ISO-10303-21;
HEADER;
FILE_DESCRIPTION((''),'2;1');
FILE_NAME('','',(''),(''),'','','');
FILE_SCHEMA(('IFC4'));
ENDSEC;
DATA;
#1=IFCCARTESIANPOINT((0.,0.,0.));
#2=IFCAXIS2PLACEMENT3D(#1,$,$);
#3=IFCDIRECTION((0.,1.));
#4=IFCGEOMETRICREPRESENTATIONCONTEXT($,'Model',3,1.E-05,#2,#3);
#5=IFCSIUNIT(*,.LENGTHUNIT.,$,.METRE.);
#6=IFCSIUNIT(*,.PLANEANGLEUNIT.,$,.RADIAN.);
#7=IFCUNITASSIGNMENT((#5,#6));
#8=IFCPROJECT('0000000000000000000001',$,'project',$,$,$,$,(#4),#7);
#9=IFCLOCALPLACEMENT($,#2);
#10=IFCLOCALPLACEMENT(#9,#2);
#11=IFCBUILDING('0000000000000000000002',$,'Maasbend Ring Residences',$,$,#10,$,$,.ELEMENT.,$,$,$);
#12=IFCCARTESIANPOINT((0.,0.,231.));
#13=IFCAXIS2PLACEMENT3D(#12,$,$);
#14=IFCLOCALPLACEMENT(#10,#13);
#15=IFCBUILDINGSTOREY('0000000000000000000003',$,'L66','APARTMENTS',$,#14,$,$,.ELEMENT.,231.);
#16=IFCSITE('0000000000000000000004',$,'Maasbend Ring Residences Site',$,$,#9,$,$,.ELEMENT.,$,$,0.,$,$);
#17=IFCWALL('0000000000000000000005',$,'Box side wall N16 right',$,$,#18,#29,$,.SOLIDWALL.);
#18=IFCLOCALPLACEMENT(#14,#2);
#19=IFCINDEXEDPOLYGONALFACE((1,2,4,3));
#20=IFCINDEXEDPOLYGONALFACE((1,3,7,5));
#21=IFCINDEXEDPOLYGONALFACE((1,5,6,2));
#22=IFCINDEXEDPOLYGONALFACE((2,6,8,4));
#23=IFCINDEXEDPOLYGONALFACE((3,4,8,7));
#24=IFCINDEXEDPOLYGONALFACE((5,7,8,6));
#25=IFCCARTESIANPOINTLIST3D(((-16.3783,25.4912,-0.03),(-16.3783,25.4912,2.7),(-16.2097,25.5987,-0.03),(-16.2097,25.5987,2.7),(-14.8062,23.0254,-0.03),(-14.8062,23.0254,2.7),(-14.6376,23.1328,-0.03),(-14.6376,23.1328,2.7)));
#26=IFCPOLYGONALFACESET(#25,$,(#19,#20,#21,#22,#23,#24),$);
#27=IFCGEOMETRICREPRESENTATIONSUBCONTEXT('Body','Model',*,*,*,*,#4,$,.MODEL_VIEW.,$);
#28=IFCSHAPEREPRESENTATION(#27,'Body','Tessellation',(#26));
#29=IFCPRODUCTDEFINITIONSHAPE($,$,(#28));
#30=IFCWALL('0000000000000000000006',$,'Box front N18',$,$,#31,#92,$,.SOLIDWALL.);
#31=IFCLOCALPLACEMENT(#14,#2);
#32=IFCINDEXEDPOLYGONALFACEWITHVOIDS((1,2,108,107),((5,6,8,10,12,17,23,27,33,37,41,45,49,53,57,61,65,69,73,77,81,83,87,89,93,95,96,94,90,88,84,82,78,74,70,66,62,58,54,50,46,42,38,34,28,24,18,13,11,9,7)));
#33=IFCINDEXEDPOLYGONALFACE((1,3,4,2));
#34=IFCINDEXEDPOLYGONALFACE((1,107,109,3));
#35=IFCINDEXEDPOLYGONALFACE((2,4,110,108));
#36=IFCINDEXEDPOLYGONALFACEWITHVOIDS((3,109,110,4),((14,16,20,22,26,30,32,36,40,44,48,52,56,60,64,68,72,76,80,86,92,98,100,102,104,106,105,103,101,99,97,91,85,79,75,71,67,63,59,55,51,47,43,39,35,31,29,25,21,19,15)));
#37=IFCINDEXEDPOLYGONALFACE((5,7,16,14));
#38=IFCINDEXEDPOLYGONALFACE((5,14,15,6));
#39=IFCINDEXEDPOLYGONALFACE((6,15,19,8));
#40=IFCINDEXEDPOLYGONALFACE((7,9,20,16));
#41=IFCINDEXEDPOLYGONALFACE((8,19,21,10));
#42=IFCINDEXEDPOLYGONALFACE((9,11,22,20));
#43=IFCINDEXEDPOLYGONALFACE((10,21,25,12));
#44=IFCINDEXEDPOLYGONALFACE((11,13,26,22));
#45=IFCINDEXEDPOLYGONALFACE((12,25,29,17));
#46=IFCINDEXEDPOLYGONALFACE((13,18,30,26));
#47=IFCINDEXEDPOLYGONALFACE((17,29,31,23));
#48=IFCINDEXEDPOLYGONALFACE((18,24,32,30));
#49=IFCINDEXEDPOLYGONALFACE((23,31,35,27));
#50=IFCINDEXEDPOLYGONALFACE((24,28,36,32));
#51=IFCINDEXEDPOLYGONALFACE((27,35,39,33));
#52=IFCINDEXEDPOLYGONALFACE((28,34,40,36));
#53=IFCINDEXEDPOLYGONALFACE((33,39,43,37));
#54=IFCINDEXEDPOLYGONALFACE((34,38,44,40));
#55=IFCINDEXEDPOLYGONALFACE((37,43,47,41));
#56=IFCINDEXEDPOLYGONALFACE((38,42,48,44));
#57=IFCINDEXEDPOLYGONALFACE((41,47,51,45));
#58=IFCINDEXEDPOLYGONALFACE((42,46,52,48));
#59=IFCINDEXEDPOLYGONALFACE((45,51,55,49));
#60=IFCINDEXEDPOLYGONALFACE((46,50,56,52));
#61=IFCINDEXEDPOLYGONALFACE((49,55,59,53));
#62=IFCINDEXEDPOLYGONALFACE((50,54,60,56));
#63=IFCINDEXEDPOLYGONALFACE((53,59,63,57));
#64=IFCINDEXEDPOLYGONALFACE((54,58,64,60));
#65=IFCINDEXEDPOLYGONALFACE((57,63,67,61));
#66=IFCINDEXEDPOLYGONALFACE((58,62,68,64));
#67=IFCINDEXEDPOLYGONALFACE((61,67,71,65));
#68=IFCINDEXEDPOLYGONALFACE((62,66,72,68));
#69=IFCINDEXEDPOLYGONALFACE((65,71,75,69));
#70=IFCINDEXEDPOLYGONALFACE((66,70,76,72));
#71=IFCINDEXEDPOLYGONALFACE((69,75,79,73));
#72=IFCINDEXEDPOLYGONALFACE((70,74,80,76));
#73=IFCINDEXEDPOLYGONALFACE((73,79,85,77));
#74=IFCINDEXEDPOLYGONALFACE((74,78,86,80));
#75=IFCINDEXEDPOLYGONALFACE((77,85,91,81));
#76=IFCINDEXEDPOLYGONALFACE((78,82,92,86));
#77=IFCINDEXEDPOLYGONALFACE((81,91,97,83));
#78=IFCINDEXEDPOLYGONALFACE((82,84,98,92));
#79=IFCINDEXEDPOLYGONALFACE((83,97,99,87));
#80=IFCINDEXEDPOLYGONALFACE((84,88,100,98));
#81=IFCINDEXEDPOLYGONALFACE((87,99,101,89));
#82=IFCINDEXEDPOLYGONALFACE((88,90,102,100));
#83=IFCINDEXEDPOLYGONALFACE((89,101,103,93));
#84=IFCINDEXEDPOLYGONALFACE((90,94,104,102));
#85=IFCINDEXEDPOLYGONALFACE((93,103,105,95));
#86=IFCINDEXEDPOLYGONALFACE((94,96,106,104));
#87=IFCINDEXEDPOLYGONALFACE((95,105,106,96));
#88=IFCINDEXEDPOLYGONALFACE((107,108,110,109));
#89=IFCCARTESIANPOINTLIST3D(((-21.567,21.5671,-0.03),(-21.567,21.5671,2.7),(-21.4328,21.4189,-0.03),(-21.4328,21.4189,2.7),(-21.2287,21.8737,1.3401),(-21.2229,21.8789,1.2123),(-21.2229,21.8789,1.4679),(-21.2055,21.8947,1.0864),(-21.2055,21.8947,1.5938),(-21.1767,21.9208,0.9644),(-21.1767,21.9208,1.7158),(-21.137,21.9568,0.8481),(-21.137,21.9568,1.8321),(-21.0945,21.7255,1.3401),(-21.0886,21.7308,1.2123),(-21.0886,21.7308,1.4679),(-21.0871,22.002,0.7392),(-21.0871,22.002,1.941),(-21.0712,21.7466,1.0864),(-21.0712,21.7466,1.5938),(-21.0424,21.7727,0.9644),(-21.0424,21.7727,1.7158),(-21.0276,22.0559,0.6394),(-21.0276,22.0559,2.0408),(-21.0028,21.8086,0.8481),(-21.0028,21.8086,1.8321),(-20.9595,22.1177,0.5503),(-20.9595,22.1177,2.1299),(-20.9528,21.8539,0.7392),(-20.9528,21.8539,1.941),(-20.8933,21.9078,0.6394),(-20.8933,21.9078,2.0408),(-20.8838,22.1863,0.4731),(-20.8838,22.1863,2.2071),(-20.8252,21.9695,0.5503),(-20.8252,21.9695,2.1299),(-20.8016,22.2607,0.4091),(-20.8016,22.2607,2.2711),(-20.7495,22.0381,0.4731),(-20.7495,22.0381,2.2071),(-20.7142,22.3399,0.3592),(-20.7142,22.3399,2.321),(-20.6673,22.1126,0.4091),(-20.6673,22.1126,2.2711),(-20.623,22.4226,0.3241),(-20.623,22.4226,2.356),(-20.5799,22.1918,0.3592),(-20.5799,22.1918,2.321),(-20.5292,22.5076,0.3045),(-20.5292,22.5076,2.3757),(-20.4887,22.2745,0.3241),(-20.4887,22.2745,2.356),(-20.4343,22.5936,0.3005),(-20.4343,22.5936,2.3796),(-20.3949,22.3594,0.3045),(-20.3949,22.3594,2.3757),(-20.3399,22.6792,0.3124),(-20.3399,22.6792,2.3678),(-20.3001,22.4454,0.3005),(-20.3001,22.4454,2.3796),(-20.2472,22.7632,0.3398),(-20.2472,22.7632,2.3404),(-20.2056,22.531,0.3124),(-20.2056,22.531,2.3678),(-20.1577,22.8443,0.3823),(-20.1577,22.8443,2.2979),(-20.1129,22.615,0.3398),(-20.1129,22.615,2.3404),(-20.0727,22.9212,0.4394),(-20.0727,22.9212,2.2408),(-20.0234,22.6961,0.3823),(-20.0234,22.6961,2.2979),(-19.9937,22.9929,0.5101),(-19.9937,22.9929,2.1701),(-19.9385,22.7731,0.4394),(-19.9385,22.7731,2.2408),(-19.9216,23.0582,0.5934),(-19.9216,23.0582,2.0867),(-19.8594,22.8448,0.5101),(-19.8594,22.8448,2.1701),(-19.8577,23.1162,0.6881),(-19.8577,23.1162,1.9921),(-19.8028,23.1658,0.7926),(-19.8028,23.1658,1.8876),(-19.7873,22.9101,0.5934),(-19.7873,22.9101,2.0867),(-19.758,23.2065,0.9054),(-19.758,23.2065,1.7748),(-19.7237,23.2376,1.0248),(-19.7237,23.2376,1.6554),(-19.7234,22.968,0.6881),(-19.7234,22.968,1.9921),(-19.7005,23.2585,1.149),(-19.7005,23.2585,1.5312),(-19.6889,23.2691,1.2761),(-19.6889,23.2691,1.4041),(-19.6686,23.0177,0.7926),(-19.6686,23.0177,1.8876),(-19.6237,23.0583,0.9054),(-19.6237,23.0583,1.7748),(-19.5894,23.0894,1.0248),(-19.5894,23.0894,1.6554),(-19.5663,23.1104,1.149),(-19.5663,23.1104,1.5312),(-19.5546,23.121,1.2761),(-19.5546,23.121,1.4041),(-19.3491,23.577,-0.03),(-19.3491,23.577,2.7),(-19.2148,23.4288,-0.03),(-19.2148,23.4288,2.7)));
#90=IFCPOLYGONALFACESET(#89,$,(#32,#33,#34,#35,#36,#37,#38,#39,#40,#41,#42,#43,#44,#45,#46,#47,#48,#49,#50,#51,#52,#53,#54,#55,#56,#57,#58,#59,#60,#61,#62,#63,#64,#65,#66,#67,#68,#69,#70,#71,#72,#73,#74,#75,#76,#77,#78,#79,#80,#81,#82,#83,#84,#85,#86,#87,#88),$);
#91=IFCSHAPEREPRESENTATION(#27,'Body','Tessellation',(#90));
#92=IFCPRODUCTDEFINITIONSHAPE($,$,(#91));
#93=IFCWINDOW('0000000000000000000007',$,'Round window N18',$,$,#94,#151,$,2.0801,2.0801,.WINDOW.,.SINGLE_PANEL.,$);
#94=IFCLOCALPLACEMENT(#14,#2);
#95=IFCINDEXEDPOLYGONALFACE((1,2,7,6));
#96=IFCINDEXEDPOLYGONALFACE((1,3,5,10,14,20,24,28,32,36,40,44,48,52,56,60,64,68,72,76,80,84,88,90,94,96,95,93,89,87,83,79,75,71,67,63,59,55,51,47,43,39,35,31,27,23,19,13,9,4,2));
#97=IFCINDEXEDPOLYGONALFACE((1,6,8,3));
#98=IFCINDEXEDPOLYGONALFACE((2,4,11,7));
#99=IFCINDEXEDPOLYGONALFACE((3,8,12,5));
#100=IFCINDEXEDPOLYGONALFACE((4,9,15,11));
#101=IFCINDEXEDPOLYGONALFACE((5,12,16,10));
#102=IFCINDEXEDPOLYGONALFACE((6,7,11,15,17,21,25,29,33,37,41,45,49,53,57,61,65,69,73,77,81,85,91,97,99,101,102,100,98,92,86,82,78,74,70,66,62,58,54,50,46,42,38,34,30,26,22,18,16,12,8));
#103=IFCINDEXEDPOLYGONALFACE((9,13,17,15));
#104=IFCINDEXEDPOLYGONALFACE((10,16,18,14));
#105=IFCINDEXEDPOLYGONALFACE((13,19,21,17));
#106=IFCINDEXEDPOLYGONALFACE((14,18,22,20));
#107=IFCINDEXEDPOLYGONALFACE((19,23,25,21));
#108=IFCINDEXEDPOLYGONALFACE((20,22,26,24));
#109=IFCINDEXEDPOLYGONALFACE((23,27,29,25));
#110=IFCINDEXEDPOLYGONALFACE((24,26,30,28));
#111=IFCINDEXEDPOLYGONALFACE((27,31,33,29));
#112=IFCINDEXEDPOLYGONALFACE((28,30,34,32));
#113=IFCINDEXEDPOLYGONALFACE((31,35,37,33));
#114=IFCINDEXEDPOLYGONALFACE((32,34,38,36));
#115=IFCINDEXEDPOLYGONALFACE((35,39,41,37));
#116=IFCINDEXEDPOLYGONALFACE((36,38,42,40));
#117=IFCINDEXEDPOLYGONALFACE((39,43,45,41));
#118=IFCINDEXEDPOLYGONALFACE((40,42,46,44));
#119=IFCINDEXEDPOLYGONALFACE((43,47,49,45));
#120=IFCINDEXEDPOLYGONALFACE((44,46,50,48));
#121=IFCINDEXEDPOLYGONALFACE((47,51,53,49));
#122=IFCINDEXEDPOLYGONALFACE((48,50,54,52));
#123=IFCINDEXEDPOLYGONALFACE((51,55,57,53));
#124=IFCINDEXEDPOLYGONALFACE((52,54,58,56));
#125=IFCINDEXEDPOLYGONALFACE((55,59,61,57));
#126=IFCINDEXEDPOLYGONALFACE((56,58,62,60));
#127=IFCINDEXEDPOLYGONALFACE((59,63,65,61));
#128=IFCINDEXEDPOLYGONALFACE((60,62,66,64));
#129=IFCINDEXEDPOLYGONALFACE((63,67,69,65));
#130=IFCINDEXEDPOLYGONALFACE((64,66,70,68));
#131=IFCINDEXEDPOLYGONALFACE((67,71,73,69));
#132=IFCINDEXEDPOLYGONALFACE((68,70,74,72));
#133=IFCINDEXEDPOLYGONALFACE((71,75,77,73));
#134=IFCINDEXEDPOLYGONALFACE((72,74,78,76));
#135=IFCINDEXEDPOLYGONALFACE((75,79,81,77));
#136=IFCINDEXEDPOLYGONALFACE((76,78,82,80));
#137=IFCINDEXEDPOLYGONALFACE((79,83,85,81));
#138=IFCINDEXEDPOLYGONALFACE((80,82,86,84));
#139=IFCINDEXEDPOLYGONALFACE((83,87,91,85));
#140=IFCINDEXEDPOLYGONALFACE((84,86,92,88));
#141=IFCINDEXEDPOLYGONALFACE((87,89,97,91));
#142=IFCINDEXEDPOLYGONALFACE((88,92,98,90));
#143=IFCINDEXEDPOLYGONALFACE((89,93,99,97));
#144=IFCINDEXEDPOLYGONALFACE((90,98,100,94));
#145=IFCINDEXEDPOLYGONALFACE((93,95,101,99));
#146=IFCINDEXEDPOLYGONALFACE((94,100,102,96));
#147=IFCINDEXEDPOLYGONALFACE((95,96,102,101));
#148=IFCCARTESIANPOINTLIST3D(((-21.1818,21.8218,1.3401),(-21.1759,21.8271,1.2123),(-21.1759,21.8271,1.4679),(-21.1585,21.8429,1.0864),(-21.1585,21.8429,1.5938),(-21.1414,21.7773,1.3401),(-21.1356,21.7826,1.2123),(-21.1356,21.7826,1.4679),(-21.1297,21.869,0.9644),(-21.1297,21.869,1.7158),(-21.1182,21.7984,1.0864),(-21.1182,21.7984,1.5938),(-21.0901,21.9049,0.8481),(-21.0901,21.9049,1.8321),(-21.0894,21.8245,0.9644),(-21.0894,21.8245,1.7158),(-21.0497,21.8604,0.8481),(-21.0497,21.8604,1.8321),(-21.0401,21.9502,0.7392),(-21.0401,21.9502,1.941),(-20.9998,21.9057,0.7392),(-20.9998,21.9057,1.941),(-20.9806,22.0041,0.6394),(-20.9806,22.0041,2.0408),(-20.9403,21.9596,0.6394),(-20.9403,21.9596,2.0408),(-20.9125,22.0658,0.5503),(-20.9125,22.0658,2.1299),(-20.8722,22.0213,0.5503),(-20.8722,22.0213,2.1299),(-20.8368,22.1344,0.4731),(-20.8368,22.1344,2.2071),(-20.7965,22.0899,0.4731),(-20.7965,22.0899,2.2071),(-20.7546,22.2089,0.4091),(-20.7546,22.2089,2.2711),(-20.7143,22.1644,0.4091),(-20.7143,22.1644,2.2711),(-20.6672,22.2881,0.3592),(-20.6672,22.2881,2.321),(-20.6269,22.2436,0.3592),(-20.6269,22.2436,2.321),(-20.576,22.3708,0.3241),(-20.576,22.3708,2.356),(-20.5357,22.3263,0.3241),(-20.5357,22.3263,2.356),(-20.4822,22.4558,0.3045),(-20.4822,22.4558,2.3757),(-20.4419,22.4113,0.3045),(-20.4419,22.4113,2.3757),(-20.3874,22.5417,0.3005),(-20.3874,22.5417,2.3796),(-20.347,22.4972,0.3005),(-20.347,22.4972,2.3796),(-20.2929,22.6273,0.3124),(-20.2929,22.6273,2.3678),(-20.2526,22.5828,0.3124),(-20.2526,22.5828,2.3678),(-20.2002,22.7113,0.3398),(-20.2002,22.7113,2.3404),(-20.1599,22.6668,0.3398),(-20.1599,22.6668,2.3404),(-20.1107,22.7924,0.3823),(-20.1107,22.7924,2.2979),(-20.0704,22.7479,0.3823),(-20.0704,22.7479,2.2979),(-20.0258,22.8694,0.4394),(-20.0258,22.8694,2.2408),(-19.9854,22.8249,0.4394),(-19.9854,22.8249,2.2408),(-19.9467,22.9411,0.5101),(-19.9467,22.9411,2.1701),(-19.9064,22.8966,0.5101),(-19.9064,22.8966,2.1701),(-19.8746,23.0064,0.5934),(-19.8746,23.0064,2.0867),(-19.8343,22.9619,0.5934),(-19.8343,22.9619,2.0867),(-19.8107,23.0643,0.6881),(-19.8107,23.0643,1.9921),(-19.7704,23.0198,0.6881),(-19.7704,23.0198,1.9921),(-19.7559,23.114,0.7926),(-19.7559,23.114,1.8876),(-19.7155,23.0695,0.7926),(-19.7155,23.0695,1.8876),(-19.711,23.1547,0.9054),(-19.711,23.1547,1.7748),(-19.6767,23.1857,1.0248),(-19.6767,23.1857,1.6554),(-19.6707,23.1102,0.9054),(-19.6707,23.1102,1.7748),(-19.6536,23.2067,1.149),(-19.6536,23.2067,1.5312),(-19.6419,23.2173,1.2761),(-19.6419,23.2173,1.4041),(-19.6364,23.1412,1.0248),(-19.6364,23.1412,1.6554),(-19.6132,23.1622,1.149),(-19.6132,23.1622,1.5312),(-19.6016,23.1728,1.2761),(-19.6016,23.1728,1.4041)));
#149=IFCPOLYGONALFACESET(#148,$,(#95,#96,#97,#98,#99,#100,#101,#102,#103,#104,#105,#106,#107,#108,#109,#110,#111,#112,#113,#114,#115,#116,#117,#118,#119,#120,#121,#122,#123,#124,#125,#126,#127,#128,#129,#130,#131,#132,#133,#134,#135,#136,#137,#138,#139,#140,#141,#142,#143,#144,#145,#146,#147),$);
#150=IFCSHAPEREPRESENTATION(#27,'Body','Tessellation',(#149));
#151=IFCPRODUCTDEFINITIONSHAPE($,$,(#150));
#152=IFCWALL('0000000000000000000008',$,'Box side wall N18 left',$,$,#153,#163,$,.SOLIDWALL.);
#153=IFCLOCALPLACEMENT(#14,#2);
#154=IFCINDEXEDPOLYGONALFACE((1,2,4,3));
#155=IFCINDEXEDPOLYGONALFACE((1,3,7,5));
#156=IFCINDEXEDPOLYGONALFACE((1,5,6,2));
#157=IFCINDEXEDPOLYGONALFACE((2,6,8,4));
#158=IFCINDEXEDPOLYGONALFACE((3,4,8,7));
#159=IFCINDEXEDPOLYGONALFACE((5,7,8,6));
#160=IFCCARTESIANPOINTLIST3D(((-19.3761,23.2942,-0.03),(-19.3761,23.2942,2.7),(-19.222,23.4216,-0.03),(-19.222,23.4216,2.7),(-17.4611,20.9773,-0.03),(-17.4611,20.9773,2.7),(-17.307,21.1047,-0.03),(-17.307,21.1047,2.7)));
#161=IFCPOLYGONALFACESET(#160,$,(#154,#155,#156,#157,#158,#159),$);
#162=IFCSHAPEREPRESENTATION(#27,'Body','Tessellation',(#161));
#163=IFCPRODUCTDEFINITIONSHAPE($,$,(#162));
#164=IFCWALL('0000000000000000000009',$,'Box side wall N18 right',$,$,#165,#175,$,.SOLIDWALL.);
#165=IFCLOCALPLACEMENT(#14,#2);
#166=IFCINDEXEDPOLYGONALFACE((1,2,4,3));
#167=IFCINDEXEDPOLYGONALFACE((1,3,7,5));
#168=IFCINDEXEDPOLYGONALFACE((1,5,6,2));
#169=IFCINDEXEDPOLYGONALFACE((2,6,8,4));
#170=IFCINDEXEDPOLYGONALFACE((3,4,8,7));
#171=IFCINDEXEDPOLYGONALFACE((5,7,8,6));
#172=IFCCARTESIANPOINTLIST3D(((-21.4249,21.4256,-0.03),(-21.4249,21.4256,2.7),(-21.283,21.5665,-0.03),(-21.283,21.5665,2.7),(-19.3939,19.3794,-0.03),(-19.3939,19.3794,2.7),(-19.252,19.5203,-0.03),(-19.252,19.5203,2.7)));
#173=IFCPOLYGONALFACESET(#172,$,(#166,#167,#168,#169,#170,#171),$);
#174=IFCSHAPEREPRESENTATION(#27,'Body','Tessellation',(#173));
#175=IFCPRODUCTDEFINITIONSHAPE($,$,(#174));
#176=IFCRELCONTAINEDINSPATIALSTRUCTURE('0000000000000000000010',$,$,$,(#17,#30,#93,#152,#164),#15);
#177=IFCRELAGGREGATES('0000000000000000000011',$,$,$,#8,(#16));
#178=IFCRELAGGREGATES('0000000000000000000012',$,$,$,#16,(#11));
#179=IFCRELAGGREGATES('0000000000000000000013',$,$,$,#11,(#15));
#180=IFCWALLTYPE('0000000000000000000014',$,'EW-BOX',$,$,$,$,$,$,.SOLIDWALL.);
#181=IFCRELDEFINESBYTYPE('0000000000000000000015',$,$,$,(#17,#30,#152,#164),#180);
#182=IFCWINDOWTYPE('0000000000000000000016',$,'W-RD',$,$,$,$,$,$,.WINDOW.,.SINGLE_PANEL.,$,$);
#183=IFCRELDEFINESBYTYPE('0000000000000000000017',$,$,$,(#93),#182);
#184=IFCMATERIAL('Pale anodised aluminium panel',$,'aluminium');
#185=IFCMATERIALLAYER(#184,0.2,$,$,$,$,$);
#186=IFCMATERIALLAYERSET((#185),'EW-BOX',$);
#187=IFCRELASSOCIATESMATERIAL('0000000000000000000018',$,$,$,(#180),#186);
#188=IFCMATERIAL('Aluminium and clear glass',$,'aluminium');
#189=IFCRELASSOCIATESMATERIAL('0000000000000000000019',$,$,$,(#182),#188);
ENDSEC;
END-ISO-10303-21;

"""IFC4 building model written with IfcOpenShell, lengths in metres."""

from ifc_helpers import new_model, si_unit, direction, frame, frame_2d, origin, place, context, subcontext, project, spatial, rectangle, circle, extrude, material, layer, layer_set, type_object, element, fill, save


model = new_model("IFC4")

# Units and contexts
model_context = context("Model", 3, precision=1e-05, world=origin(), true_north=direction((0.0, 1.0)))
body_context = subcontext(model_context, "Body", "Model", "MODEL_VIEW")
ifc_project = project(units=[si_unit("LENGTHUNIT", "METRE"), si_unit("PLANEANGLEUNIT", "RADIAN")], contexts=[model_context])

# Site, building, storey
site_placement = place(None, origin())
site = spatial("IfcSite", under=ifc_project, at=site_placement, Name="Maasbend Ring Residences Site", CompositionType="ELEMENT", RefElevation=0.0)
building_placement = place(site_placement, origin())
building = spatial("IfcBuilding", under=site, at=building_placement, Name="Maasbend Ring Residences", CompositionType="ELEMENT")
storey_placement = place(building_placement, frame((0.0, 0.0, 231.0)))
storey = spatial("IfcBuildingStorey", under=building, at=storey_placement, Name="L66", Description="APARTMENTS", CompositionType="ELEMENT", Elevation=231.0)

# Shared definitions
ifc_material_1 = material(Name="Pale anodised aluminium panel", Category="aluminium")
ifc_layer_1 = layer(ifc_material_1, 0.2)
ifc_layer_set_1 = layer_set([ifc_layer_1], Name="EW-BOX")
wall_type_1 = type_object("IfcWallType", Name="EW-BOX", PredefinedType="SOLIDWALL", material=ifc_layer_set_1)
ifc_material_2 = material(Name="Aluminium and clear glass", Category="aluminium")
window_type_1 = type_object("IfcWindowType", Name="W-RD", PartitioningType="SINGLE_PANEL", PredefinedType="WINDOW", material=ifc_material_2)

# Wall
wall_1_placement = place(storey_placement, frame((-14.7219, 23.0791, -0.03), z_axis=(0.0, 0.0, 1.0), x_axis=(-0.537572, 0.843218, 0.0)))
element("IfcWall", 1, at=wall_1_placement, inside=storey, type_object=wall_type_1, Name="Box side wall N16 right", PredefinedType="SOLIDWALL", context=body_context, shape_type="SweptSolid", body=[
    extrude(rectangle(XDim=2.9243, YDim=0.2, at=frame_2d((1.4622, 0.0))), origin(), (0.0, 0.0, 1.0), 2.73),
])

# Wall, opening, window
wall_2_placement = place(storey_placement, frame((-19.282, 23.5029, -0.03), z_axis=(0.0, 0.0, 1.0), x_axis=(-0.740998, -0.671507, 0.0)))
wall_2 = element("IfcWall", 2, at=wall_2_placement, inside=storey, type_object=wall_type_1, Name="Box front N18", PredefinedType="SOLIDWALL", context=body_context, shape_type="SweptSolid", body=[
    extrude(rectangle(XDim=2.9932, YDim=0.2, at=frame_2d((1.4966, 0.0))), origin(), (0.0, 0.0, 1.0), 2.73),
])
opening_1_placement = place(wall_2_placement, frame((0.4565, 0.0, 0.3301)))
opening_1 = element("IfcOpeningElement", 3, at=opening_1_placement, cuts=wall_2, PredefinedType="OPENING", context=body_context, shape_type="SweptSolid", body=[
    extrude(circle(Radius=1.04, at=frame_2d((1.04, 1.04))), frame((0.0, 0.1099, 0.0), z_axis=(0.0, -1.0, 0.0), x_axis=(1.0, 0.0, 0.0)), (0.0, 0.0, 1.0), 0.22),
])
window_1_placement = place(opening_1_placement, origin())
window_1 = element("IfcWindow", 4, at=window_1_placement, inside=storey, type_object=window_type_1, Name="Round window N18", OverallHeight=2.0801, OverallWidth=2.0801, PartitioningType="SINGLE_PANEL", PredefinedType="WINDOW", context=body_context, shape_type="SweptSolid", body=[
    extrude(circle(Radius=1.04, at=frame_2d((1.04, 1.04))), frame((0.0, 0.03, 0.0), z_axis=(0.0, -1.0, 0.0), x_axis=(1.0, 0.0, 0.0)), (0.0, 0.0, 1.0), 0.0601),
])
fill(opening_1, window_1)

# Walls
wall_3_placement = place(storey_placement, frame((-17.384, 21.041, -0.03), z_axis=(0.0, 0.0, 1.0), x_axis=(-0.637096, 0.770785, 0.0)))
element("IfcWall", 5, at=wall_3_placement, inside=storey, type_object=wall_type_1, Name="Box side wall N18 left", PredefinedType="SOLIDWALL", context=body_context, shape_type="SweptSolid", body=[
    extrude(rectangle(XDim=3.0059, YDim=0.2, at=frame_2d((1.5029, 0.0))), origin(), (0.0, 0.0, 1.0), 2.73),
])
wall_4_placement = place(storey_placement, frame((-19.323, 19.45, -0.03), z_axis=(0.0, 0.0, 1.0), x_axis=(-0.704477, 0.709727, 0.0)))
element("IfcWall", 6, at=wall_4_placement, inside=storey, type_object=wall_type_1, Name="Box side wall N18 right", PredefinedType="SOLIDWALL", context=body_context, shape_type="SweptSolid", body=[
    extrude(rectangle(XDim=2.8831, YDim=0.2, at=frame_2d((1.4414, 0.0))), origin(), (0.0, 0.0, 1.0), 2.73),
])

save(model, "model.ifc")
